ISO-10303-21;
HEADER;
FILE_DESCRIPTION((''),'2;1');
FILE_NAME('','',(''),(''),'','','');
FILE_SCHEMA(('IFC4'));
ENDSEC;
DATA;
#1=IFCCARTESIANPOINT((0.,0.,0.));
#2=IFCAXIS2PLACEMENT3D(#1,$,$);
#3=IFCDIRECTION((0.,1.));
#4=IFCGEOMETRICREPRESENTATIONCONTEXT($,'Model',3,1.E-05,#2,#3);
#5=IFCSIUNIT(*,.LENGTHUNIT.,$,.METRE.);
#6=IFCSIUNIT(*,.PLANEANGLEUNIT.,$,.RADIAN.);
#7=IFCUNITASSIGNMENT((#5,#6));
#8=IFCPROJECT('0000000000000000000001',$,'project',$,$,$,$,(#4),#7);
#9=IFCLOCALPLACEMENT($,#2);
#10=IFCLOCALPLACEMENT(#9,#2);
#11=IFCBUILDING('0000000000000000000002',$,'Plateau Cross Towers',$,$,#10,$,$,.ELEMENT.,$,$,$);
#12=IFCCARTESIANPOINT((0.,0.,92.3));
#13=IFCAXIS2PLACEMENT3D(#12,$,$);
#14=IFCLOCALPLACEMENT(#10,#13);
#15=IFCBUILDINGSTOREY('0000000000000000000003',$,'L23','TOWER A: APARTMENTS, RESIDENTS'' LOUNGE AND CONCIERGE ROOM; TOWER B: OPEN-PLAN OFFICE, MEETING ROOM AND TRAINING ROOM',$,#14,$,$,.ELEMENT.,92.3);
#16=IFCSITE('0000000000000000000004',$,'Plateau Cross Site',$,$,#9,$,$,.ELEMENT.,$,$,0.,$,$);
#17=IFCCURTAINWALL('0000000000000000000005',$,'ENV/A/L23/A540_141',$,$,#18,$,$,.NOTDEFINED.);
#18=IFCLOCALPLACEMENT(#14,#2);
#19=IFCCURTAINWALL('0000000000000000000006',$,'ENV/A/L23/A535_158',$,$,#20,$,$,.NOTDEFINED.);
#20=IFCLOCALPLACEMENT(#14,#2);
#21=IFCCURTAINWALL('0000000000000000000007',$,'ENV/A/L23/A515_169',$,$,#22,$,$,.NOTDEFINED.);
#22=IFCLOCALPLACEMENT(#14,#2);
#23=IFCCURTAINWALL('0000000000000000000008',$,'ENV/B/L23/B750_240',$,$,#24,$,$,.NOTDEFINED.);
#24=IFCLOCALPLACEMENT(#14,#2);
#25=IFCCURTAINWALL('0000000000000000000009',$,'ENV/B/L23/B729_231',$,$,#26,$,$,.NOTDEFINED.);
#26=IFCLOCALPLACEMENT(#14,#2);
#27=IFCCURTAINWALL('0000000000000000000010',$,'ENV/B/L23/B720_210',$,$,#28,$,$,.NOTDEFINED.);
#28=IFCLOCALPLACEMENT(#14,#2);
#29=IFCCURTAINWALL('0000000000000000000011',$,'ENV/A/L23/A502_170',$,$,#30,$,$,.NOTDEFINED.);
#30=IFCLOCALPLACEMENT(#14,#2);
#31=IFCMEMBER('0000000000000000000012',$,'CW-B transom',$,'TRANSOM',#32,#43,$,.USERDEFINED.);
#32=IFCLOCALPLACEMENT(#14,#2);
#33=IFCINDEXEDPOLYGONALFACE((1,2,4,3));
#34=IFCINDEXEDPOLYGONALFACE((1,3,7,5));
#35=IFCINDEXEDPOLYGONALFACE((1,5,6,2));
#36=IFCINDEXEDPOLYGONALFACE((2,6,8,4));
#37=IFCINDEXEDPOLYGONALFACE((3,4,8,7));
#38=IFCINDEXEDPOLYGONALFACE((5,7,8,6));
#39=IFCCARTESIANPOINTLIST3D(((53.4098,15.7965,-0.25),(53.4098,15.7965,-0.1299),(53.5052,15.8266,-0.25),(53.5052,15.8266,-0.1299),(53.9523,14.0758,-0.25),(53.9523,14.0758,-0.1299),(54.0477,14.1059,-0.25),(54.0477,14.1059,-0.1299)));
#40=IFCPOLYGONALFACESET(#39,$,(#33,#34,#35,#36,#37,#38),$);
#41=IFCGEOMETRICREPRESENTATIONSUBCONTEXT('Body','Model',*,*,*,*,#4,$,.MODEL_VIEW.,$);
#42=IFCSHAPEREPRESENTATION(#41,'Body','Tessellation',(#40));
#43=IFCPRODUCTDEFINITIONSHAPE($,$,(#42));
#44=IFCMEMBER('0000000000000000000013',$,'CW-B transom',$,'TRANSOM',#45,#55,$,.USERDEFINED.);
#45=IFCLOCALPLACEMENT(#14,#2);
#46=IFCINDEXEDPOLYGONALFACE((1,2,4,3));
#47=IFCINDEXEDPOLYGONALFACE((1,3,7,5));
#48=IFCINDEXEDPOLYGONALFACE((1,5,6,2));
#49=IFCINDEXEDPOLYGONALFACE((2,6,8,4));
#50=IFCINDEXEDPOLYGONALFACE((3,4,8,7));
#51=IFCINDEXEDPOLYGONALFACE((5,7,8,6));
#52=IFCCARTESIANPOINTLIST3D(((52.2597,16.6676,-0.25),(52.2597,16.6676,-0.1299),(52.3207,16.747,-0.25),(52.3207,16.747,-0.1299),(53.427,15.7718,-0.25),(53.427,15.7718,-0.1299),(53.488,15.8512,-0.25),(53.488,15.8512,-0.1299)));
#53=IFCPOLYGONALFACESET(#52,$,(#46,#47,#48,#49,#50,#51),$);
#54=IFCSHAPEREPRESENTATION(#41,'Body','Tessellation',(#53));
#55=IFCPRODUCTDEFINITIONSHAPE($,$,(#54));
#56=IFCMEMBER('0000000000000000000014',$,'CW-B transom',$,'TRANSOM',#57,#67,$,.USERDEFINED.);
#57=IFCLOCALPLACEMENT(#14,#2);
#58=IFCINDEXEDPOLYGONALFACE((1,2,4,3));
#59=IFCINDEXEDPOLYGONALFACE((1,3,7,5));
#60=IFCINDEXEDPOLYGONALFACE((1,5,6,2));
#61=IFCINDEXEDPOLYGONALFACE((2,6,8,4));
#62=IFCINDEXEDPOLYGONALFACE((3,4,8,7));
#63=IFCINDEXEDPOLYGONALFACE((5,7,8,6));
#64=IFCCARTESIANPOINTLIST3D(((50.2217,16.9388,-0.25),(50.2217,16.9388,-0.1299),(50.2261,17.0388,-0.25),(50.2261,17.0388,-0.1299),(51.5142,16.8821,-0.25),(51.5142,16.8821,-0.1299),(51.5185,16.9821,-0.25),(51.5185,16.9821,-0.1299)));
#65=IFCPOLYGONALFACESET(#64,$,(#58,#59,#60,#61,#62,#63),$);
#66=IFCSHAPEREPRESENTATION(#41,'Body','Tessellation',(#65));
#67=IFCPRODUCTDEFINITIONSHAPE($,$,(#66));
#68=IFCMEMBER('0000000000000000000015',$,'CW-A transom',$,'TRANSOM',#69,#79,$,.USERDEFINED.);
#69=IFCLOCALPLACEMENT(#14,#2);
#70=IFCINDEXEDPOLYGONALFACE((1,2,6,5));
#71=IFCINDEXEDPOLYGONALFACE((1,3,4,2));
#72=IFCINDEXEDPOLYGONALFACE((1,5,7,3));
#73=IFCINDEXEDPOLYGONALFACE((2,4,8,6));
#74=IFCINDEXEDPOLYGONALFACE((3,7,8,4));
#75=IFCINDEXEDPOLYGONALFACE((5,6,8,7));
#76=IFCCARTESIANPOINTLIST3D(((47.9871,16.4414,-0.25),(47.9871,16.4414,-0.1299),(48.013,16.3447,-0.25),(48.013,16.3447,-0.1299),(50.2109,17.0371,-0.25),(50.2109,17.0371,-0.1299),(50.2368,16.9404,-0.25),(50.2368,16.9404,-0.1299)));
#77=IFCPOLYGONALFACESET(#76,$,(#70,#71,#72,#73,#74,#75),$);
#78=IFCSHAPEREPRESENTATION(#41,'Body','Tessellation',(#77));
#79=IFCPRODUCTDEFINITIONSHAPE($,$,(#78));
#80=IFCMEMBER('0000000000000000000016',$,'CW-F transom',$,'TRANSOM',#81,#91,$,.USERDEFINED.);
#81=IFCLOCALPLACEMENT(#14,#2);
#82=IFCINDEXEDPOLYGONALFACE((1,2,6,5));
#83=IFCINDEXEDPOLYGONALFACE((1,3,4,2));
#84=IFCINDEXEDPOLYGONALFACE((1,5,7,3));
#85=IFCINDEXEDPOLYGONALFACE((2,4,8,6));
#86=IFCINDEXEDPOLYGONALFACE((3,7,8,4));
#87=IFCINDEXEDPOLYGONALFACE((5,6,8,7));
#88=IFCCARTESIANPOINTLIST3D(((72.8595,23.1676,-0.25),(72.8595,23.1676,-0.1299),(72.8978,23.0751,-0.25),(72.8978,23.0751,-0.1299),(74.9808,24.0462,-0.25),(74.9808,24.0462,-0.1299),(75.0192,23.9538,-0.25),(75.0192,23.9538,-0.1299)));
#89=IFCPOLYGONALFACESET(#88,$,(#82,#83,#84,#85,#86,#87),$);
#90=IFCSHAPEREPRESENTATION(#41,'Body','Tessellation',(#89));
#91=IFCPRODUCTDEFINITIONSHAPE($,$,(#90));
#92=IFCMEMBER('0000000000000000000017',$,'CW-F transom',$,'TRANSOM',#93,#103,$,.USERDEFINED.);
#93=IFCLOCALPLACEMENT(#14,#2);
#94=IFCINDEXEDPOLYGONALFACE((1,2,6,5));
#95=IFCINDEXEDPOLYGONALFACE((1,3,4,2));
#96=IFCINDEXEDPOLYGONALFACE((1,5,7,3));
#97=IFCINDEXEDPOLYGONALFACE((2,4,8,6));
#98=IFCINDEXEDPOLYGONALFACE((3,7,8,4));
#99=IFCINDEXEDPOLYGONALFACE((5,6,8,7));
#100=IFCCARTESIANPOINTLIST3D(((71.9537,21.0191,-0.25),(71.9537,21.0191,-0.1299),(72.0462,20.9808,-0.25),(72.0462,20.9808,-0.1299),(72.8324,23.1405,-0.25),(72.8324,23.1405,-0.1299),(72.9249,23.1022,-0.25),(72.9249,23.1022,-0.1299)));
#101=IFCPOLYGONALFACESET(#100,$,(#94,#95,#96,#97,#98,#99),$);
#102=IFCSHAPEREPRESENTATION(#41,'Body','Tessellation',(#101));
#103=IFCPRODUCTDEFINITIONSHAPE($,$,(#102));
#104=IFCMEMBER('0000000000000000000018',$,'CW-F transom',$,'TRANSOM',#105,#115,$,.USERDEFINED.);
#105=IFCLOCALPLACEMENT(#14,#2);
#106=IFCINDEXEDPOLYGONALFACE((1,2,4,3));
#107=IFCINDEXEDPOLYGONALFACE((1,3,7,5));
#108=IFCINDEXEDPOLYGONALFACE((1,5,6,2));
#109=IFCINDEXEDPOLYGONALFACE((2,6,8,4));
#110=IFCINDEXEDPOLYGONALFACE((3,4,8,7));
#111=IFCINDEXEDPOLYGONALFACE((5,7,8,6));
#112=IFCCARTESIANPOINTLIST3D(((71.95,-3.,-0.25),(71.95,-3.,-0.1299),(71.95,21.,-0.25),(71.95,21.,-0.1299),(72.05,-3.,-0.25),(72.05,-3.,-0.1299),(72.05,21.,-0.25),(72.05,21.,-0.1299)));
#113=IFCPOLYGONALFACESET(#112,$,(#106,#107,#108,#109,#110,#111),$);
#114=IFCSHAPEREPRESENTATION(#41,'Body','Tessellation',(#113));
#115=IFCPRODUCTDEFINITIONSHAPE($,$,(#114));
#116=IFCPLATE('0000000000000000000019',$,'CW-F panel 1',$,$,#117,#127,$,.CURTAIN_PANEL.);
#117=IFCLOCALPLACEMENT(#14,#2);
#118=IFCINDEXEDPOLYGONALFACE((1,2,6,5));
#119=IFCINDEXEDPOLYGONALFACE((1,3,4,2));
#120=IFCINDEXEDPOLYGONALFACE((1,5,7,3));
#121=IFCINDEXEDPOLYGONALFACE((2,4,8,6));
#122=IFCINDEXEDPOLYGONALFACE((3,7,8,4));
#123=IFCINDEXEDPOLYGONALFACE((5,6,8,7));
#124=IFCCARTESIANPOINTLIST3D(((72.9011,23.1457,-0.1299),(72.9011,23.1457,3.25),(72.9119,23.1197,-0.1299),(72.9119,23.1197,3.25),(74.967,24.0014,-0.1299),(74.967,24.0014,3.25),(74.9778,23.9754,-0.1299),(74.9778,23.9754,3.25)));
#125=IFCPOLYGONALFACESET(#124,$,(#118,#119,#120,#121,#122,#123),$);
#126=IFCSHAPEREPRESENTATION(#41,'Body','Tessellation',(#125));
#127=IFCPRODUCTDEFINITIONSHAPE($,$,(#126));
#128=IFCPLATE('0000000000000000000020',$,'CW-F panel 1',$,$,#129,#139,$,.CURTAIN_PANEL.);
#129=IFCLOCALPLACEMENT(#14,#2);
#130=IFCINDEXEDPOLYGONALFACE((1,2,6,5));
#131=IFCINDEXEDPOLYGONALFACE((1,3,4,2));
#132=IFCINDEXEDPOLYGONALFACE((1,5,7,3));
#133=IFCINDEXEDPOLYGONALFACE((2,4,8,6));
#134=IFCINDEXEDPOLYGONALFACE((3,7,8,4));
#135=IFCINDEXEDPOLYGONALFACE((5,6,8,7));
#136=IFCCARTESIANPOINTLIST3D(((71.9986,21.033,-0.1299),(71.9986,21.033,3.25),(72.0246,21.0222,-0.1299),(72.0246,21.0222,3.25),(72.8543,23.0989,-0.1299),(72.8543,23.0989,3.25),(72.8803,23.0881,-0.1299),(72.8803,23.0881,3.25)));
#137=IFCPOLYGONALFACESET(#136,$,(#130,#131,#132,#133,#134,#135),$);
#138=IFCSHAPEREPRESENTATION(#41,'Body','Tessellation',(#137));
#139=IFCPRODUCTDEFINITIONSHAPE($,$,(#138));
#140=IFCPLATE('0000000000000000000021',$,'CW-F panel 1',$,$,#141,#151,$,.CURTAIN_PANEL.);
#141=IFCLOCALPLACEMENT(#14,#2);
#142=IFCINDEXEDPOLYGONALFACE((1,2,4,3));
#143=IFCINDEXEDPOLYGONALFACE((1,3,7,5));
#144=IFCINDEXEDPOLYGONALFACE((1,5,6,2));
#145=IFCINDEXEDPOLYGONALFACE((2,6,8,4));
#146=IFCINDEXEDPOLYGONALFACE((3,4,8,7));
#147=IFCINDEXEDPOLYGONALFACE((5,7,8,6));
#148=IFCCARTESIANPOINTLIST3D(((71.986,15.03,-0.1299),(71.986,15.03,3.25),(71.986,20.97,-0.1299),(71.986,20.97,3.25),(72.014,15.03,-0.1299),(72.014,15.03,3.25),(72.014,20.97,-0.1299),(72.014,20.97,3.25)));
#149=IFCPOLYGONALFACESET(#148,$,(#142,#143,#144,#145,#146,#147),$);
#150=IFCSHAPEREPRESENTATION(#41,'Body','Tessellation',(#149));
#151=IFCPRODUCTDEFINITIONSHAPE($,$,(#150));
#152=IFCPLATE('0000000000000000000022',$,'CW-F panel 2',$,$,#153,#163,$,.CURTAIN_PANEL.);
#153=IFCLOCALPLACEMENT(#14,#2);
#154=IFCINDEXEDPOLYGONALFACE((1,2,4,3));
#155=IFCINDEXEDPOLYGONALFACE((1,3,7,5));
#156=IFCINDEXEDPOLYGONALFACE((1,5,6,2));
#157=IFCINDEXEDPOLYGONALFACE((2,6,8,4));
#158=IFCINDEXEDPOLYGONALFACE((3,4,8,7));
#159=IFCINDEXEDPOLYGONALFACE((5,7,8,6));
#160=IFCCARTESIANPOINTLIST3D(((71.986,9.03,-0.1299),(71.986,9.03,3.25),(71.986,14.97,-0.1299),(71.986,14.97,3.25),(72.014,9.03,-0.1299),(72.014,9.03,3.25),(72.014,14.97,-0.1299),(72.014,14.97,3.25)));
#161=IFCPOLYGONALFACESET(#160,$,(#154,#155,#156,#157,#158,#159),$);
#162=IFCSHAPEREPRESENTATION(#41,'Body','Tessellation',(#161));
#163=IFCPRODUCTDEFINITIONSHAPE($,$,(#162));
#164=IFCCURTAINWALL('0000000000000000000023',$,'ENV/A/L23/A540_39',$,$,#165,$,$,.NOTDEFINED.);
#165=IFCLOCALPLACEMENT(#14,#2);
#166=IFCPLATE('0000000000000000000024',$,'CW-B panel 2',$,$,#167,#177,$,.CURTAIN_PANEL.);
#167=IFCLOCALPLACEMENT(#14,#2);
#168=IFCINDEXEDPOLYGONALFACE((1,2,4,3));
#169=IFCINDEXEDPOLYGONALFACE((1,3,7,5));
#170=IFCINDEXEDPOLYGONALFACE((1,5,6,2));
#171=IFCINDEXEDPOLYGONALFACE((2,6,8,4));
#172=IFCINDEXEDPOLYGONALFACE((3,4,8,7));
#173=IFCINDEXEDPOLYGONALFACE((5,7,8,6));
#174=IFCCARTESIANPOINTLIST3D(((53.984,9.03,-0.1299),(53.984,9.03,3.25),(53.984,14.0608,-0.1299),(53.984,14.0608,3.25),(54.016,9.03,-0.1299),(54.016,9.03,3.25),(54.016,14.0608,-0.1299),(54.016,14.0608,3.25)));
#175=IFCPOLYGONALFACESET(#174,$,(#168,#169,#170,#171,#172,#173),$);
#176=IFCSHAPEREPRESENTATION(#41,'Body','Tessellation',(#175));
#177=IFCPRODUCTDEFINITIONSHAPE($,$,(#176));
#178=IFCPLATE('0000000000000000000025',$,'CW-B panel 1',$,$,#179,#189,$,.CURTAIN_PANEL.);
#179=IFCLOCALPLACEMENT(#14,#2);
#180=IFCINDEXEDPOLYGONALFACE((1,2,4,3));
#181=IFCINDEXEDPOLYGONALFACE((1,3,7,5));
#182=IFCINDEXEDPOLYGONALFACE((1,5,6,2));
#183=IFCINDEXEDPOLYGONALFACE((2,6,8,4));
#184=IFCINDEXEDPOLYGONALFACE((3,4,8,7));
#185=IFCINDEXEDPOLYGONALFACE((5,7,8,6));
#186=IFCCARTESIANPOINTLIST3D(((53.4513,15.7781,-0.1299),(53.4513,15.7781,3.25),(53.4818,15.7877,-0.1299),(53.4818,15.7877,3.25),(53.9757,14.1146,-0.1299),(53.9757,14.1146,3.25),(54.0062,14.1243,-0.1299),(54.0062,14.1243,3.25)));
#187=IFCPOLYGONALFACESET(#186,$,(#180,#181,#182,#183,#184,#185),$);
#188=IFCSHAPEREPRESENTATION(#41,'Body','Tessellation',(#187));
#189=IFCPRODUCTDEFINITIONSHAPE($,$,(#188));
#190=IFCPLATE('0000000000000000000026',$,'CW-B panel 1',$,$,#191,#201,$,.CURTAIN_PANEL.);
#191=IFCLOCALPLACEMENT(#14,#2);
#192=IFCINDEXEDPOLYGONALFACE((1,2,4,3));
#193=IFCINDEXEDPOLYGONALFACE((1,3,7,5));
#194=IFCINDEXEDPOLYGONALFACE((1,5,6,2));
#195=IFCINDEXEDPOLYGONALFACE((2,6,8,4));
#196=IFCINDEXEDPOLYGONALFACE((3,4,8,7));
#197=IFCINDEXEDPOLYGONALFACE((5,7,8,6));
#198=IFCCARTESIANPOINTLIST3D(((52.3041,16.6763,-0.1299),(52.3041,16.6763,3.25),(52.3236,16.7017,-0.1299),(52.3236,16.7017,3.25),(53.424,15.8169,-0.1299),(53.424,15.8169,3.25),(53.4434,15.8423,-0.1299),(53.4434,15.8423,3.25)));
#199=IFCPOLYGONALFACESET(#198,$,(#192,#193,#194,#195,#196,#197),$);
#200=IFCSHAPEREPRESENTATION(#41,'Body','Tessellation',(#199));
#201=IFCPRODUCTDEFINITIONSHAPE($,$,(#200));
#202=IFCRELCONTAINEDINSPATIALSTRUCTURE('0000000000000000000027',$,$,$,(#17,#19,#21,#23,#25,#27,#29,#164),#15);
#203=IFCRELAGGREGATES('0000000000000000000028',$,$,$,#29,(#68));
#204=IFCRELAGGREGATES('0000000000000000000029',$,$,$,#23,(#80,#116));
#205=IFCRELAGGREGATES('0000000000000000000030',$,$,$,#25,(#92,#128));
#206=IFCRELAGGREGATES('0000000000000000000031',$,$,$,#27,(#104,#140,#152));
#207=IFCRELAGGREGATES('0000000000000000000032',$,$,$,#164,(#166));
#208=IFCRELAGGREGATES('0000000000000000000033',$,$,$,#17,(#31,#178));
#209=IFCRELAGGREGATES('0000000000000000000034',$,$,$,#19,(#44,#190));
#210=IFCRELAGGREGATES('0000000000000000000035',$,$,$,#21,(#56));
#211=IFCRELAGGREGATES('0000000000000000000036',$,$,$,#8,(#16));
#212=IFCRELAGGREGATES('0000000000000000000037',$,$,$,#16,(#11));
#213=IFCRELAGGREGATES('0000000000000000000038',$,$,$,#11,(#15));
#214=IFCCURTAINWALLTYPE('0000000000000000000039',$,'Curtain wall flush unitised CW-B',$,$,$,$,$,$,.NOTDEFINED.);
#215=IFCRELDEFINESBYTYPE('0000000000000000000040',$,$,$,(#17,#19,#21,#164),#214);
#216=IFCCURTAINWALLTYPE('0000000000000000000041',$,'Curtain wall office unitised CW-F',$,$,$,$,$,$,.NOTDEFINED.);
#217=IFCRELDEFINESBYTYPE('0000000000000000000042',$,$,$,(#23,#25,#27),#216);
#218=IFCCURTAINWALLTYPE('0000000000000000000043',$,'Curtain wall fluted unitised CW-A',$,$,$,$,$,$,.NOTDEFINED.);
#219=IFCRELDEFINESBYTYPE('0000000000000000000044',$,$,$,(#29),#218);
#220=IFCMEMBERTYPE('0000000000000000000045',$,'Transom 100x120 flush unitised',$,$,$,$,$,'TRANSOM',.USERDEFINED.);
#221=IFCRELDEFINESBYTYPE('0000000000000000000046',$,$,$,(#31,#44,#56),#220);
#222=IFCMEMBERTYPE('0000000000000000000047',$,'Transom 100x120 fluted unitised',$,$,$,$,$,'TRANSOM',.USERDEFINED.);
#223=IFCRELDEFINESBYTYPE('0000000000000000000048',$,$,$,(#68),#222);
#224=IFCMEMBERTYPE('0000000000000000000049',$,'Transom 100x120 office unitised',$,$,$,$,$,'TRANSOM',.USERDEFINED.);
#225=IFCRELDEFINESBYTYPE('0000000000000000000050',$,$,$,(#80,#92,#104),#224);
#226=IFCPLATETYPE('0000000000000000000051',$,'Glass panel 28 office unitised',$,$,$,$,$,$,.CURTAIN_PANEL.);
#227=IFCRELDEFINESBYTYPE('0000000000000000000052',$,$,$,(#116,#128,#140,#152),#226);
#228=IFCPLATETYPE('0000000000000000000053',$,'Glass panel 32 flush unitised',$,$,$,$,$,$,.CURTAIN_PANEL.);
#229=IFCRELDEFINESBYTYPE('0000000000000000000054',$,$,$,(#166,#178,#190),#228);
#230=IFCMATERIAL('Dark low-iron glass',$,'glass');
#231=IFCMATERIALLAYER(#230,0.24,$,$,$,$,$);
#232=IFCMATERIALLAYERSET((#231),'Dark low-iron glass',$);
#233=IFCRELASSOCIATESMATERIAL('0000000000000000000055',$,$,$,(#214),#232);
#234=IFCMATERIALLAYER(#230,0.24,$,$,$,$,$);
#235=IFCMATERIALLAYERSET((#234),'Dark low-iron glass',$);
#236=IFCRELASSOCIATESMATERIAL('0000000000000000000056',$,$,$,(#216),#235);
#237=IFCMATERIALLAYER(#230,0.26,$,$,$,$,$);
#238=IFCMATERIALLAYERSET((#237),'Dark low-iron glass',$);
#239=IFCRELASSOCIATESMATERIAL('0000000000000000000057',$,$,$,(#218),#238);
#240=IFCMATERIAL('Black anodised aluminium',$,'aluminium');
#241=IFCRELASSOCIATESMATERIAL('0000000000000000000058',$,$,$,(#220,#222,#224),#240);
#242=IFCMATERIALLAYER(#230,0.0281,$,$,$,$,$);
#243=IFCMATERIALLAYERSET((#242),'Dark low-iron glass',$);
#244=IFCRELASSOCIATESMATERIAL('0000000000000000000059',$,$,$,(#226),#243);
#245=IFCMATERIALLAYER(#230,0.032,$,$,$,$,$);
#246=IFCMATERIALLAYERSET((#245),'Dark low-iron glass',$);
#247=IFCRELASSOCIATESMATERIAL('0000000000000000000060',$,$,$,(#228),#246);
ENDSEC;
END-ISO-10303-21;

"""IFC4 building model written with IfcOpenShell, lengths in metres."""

from ifc_helpers import new_model, si_unit, direction, frame, origin, origin_2d, place, context, subcontext, project, spatial, rectangle, extrude, material, layer, layer_set, material_profile, profile_set, type_object, element, aggregate, save


model = new_model("IFC4")

# Units and contexts
model_context = context("Model", 3, precision=1e-05, world=origin(), true_north=direction((0.0, 1.0)))
body_context = subcontext(model_context, "Body", "Model", "MODEL_VIEW")
ifc_project = project(units=[si_unit("LENGTHUNIT", "METRE"), si_unit("PLANEANGLEUNIT", "RADIAN")], contexts=[model_context])

# Site, building, storey
site_placement = place(None, origin())
site = spatial("IfcSite", under=ifc_project, at=site_placement, Name="Plateau Cross Site", CompositionType="ELEMENT", RefElevation=0.0)
building_placement = place(site_placement, origin())
building = spatial("IfcBuilding", under=site, at=building_placement, Name="Plateau Cross Towers", CompositionType="ELEMENT")
storey_placement = place(building_placement, frame((0.0, 0.0, 92.3)))
storey = spatial("IfcBuildingStorey", under=building, at=storey_placement, Name="L23", Description="TOWER A: APARTMENTS, RESIDENTS' LOUNGE AND CONCIERGE ROOM; TOWER B: OPEN-PLAN OFFICE, MEETING ROOM AND TRAINING ROOM", CompositionType="ELEMENT", Elevation=92.3)

# Curtain wall
ifc_material_1 = material(Name="Dark low-iron glass", Category="glass")
ifc_layer_1 = layer(ifc_material_1, 0.24)
ifc_layer_set_1 = layer_set([ifc_layer_1], Name="Dark low-iron glass")
curtain_wall_type_1 = type_object("IfcCurtainWallType", Name="Curtain wall flush unitised CW-B", PredefinedType="NOTDEFINED", material=ifc_layer_set_1)
curtain_wall_1_placement = place(storey_placement, origin())
curtain_wall_1 = element("IfcCurtainWall", 1, at=curtain_wall_1_placement, inside=storey, type_object=curtain_wall_type_1, Name="ENV/A/L23/A540_141", PredefinedType="NOTDEFINED")
ifc_material_2 = material(Name="Black anodised aluminium", Category="aluminium")

# Curtain wall
curtain_wall_2_placement = place(storey_placement, origin())
curtain_wall_2 = element("IfcCurtainWall", 2, at=curtain_wall_2_placement, inside=storey, type_object=curtain_wall_type_1, Name="ENV/A/L23/A535_158", PredefinedType="NOTDEFINED")

# Curtain walls
curtain_wall_3_placement = place(storey_placement, origin())
curtain_wall_3 = element("IfcCurtainWall", 3, at=curtain_wall_3_placement, inside=storey, type_object=curtain_wall_type_1, Name="ENV/A/L23/A515_169", PredefinedType="NOTDEFINED")
ifc_layer_2 = layer(ifc_material_1, 0.24)
ifc_layer_set_2 = layer_set([ifc_layer_2], Name="Dark low-iron glass")
curtain_wall_type_2 = type_object("IfcCurtainWallType", Name="Curtain wall office unitised CW-F", PredefinedType="NOTDEFINED", material=ifc_layer_set_2)
curtain_wall_4_placement = place(storey_placement, origin())
curtain_wall_4 = element("IfcCurtainWall", 4, at=curtain_wall_4_placement, inside=storey, type_object=curtain_wall_type_2, Name="ENV/B/L23/B750_240", PredefinedType="NOTDEFINED")
curtain_wall_5_placement = place(storey_placement, origin())
curtain_wall_5 = element("IfcCurtainWall", 5, at=curtain_wall_5_placement, inside=storey, type_object=curtain_wall_type_2, Name="ENV/B/L23/B729_231", PredefinedType="NOTDEFINED")

# Curtain wall
curtain_wall_6_placement = place(storey_placement, origin())
curtain_wall_6 = element("IfcCurtainWall", 6, at=curtain_wall_6_placement, inside=storey, type_object=curtain_wall_type_2, Name="ENV/B/L23/B720_210", PredefinedType="NOTDEFINED")

# Curtain wall
ifc_layer_3 = layer(ifc_material_1, 0.26)
ifc_layer_set_3 = layer_set([ifc_layer_3], Name="Dark low-iron glass")
curtain_wall_type_3 = type_object("IfcCurtainWallType", Name="Curtain wall fluted unitised CW-A", PredefinedType="NOTDEFINED", material=ifc_layer_set_3)
curtain_wall_7_placement = place(storey_placement, origin())
curtain_wall_7 = element("IfcCurtainWall", 7, at=curtain_wall_7_placement, inside=storey, type_object=curtain_wall_type_3, Name="ENV/A/L23/A502_170", PredefinedType="NOTDEFINED")

# Members
ifc_material_profile_1 = material_profile(ifc_material_2, rectangle(XDim=0.1001, YDim=0.1201, at=origin_2d()), Name="TRANSOM 100x120")
ifc_profile_set_1 = profile_set([ifc_material_profile_1], Name="Black anodised aluminium")
member_type_1 = type_object("IfcMemberType", Name="Transom 100x120 flush unitised", ElementType="TRANSOM", PredefinedType="USERDEFINED", material=ifc_profile_set_1)
member_1_placement = place(storey_placement, frame((54.0, 14.0908, -0.1899), z_axis=(-0.300678, 0.953726, 0.0), x_axis=(-0.953726, -0.300678, 0.0)))
member_1 = element("IfcMember", 8, at=member_1_placement, type_object=member_type_1, Name="CW-B transom", ObjectType="TRANSOM", PredefinedType="USERDEFINED", context=body_context, shape_type="SweptSolid", body=[
    extrude(rectangle(XDim=0.1001, YDim=0.1201, at=origin_2d()), origin(), (0.0, 0.0, 1.0), 1.8042),
])
member_2_placement = place(storey_placement, frame((53.4575, 15.8115, -0.1899), z_axis=(-0.793321, 0.608804, 0.0), x_axis=(-0.608804, -0.793321, 0.0)))
member_2 = element("IfcMember", 9, at=member_2_placement, type_object=member_type_1, Name="CW-B transom", ObjectType="TRANSOM", PredefinedType="USERDEFINED", context=body_context, shape_type="SweptSolid", body=[
    extrude(rectangle(XDim=0.1001, YDim=0.1201, at=origin_2d()), origin(), (0.0, 0.0, 1.0), 1.4714),
])
member_3_placement = place(storey_placement, frame((51.5164, 16.9321, -0.1899), z_axis=(-0.999041, 0.043781, 0.0), x_axis=(-0.043781, -0.999041, 0.0)))
member_3 = element("IfcMember", 10, at=member_3_placement, type_object=member_type_1, Name="CW-B transom", ObjectType="TRANSOM", PredefinedType="USERDEFINED", context=body_context, shape_type="SweptSolid", body=[
    extrude(rectangle(XDim=0.1001, YDim=0.1201, at=origin_2d()), origin(), (0.0, 0.0, 1.0), 1.2937),
])
ifc_material_profile_2 = material_profile(ifc_material_2, rectangle(XDim=0.1001, YDim=0.1201, at=origin_2d()), Name="TRANSOM 100x120")
ifc_profile_set_2 = profile_set([ifc_material_profile_2], Name="Black anodised aluminium")
member_type_2 = type_object("IfcMemberType", Name="Transom 100x120 fluted unitised", ElementType="TRANSOM", PredefinedType="USERDEFINED", material=ifc_profile_set_2)
member_4_placement = place(storey_placement, frame((50.2239, 16.9888, -0.1899), z_axis=(-0.965946, -0.258745, 0.0), x_axis=(0.258745, -0.965946, 0.0)))
member_4 = element("IfcMember", 11, at=member_4_placement, type_object=member_type_2, Name="CW-A transom", ObjectType="TRANSOM", PredefinedType="USERDEFINED", context=body_context, shape_type="SweptSolid", body=[
    extrude(rectangle(XDim=0.1001, YDim=0.1201, at=origin_2d()), origin(), (0.0, 0.0, 1.0), 2.3022),
])
aggregate(curtain_wall_7, [member_4])
ifc_material_profile_3 = material_profile(ifc_material_2, rectangle(XDim=0.1001, YDim=0.1201, at=origin_2d()), Name="TRANSOM 100x120")
ifc_profile_set_3 = profile_set([ifc_material_profile_3], Name="Black anodised aluminium")
member_type_3 = type_object("IfcMemberType", Name="Transom 100x120 office unitised", ElementType="TRANSOM", PredefinedType="USERDEFINED", material=ifc_profile_set_3)
member_5_placement = place(storey_placement, frame((75.0, 24.0, -0.1899), z_axis=(-0.923883, -0.382674, 0.0), x_axis=(0.382674, -0.923883, 0.0)))
member_5 = element("IfcMember", 12, at=member_5_placement, type_object=member_type_3, Name="CW-F transom", ObjectType="TRANSOM", PredefinedType="USERDEFINED", context=body_context, shape_type="SweptSolid", body=[
    extrude(rectangle(XDim=0.1001, YDim=0.1201, at=origin_2d()), origin(), (0.0, 0.0, 1.0), 2.2961),
])
member_6_placement = place(storey_placement, frame((72.8787, 23.1213, -0.1899), z_axis=(-0.382674, -0.923883, 0.0), x_axis=(0.923883, -0.382674, 0.0)))
member_6 = element("IfcMember", 13, at=member_6_placement, type_object=member_type_3, Name="CW-F transom", ObjectType="TRANSOM", PredefinedType="USERDEFINED", context=body_context, shape_type="SweptSolid", body=[
    extrude(rectangle(XDim=0.1001, YDim=0.1201, at=origin_2d()), origin(), (0.0, 0.0, 1.0), 2.2961),
])
member_7_placement = place(storey_placement, frame((72.0, 21.0, -0.1899), z_axis=(0.0, -1.0, 0.0), x_axis=(1.0, 0.0, 0.0)))
member_7 = element("IfcMember", 14, at=member_7_placement, type_object=member_type_3, Name="CW-F transom", ObjectType="TRANSOM", PredefinedType="USERDEFINED", context=body_context, shape_type="SweptSolid", body=[
    extrude(rectangle(XDim=0.1001, YDim=0.1201, at=origin_2d()), origin(), (0.0, 0.0, 1.0), 24.0),
])

# Plates
ifc_layer_4 = layer(ifc_material_1, 0.0281)
ifc_layer_set_4 = layer_set([ifc_layer_4], Name="Dark low-iron glass")
plate_type_1 = type_object("IfcPlateType", Name="Glass panel 28 office unitised", PredefinedType="CURTAIN_PANEL", material=ifc_layer_set_4)
plate_1_placement = place(storey_placement, frame((73.9395, 23.5605, -0.1299), z_axis=(0.0, 0.0, 1.0), x_axis=(-0.923879, -0.382684, 0.0)))
plate_1 = element("IfcPlate", 15, at=plate_1_placement, type_object=plate_type_1, Name="CW-F panel 1", PredefinedType="CURTAIN_PANEL", context=body_context, shape_type="SweptSolid", body=[
    extrude(rectangle(XDim=2.2361, YDim=0.0281, at=origin_2d()), origin(), (0.0, 0.0, 1.0), 3.3799),
])
aggregate(curtain_wall_4, [member_5, plate_1])
plate_2_placement = place(storey_placement, frame((72.4395, 22.0605, -0.1299), z_axis=(0.0, 0.0, 1.0), x_axis=(-0.382684, -0.923879, 0.0)))
plate_2 = element("IfcPlate", 16, at=plate_2_placement, type_object=plate_type_1, Name="CW-F panel 1", PredefinedType="CURTAIN_PANEL", context=body_context, shape_type="SweptSolid", body=[
    extrude(rectangle(XDim=2.2361, YDim=0.0281, at=origin_2d()), origin(), (0.0, 0.0, 1.0), 3.3799),
])
aggregate(curtain_wall_5, [member_6, plate_2])
plate_3_placement = place(storey_placement, frame((72.0, 18.0, -0.1299), z_axis=(0.0, 0.0, 1.0), x_axis=(0.0, -1.0, 0.0)))
plate_3 = element("IfcPlate", 17, at=plate_3_placement, type_object=plate_type_1, Name="CW-F panel 1", PredefinedType="CURTAIN_PANEL", context=body_context, shape_type="SweptSolid", body=[
    extrude(rectangle(XDim=5.9399, YDim=0.0281, at=origin_2d()), origin(), (0.0, 0.0, 1.0), 3.3799),
])
plate_4_placement = place(storey_placement, frame((72.0, 12.0, -0.1299), z_axis=(0.0, 0.0, 1.0), x_axis=(0.0, -1.0, 0.0)))
plate_4 = element("IfcPlate", 18, at=plate_4_placement, type_object=plate_type_1, Name="CW-F panel 2", PredefinedType="CURTAIN_PANEL", context=body_context, shape_type="SweptSolid", body=[
    extrude(rectangle(XDim=5.9399, YDim=0.0281, at=origin_2d()), origin(), (0.0, 0.0, 1.0), 3.3799),
])
aggregate(curtain_wall_6, [member_7, plate_3, plate_4])

# Curtain wall, plate
curtain_wall_8_placement = place(storey_placement, origin())
curtain_wall_8 = element("IfcCurtainWall", 19, at=curtain_wall_8_placement, inside=storey, type_object=curtain_wall_type_1, Name="ENV/A/L23/A540_39", PredefinedType="NOTDEFINED")
ifc_layer_5 = layer(ifc_material_1, 0.032)
ifc_layer_set_5 = layer_set([ifc_layer_5], Name="Dark low-iron glass")
plate_type_2 = type_object("IfcPlateType", Name="Glass panel 32 flush unitised", PredefinedType="CURTAIN_PANEL", material=ifc_layer_set_5)
plate_5_placement = place(storey_placement, frame((54.0, 11.5454, -0.1299), z_axis=(0.0, 0.0, 1.0), x_axis=(0.0, 1.0, 0.0)))
plate_5 = element("IfcPlate", 20, at=plate_5_placement, type_object=plate_type_2, Name="CW-B panel 2", PredefinedType="CURTAIN_PANEL", context=body_context, shape_type="SweptSolid", body=[
    extrude(rectangle(XDim=5.0308, YDim=0.032, at=origin_2d()), origin(), (0.0, 0.0, 1.0), 3.3799),
])
aggregate(curtain_wall_8, [plate_5])

# Plates
plate_6_placement = place(storey_placement, frame((53.7288, 14.9512, -0.1299), z_axis=(0.0, 0.0, 1.0), x_axis=(-0.300686, 0.953723, 0.0)))
plate_6 = element("IfcPlate", 21, at=plate_6_placement, type_object=plate_type_2, Name="CW-B panel 1", PredefinedType="CURTAIN_PANEL", context=body_context, shape_type="SweptSolid", body=[
    extrude(rectangle(XDim=1.7441, YDim=0.032, at=origin_2d()), origin(), (0.0, 0.0, 1.0), 3.3799),
])
aggregate(curtain_wall_1, [member_1, plate_6])
plate_7_placement = place(storey_placement, frame((52.8738, 16.2593, -0.1299), z_axis=(0.0, 0.0, 1.0), x_axis=(-0.793316, 0.608811, 0.0)))
plate_7 = element("IfcPlate", 22, at=plate_7_placement, type_object=plate_type_2, Name="CW-B panel 1", PredefinedType="CURTAIN_PANEL", context=body_context, shape_type="SweptSolid", body=[
    extrude(rectangle(XDim=1.4116, YDim=0.032, at=origin_2d()), origin(), (0.0, 0.0, 1.0), 3.3799),
])
aggregate(curtain_wall_2, [member_2, plate_7])
aggregate(curtain_wall_3, [member_3])

save(model, "model.ifc")
